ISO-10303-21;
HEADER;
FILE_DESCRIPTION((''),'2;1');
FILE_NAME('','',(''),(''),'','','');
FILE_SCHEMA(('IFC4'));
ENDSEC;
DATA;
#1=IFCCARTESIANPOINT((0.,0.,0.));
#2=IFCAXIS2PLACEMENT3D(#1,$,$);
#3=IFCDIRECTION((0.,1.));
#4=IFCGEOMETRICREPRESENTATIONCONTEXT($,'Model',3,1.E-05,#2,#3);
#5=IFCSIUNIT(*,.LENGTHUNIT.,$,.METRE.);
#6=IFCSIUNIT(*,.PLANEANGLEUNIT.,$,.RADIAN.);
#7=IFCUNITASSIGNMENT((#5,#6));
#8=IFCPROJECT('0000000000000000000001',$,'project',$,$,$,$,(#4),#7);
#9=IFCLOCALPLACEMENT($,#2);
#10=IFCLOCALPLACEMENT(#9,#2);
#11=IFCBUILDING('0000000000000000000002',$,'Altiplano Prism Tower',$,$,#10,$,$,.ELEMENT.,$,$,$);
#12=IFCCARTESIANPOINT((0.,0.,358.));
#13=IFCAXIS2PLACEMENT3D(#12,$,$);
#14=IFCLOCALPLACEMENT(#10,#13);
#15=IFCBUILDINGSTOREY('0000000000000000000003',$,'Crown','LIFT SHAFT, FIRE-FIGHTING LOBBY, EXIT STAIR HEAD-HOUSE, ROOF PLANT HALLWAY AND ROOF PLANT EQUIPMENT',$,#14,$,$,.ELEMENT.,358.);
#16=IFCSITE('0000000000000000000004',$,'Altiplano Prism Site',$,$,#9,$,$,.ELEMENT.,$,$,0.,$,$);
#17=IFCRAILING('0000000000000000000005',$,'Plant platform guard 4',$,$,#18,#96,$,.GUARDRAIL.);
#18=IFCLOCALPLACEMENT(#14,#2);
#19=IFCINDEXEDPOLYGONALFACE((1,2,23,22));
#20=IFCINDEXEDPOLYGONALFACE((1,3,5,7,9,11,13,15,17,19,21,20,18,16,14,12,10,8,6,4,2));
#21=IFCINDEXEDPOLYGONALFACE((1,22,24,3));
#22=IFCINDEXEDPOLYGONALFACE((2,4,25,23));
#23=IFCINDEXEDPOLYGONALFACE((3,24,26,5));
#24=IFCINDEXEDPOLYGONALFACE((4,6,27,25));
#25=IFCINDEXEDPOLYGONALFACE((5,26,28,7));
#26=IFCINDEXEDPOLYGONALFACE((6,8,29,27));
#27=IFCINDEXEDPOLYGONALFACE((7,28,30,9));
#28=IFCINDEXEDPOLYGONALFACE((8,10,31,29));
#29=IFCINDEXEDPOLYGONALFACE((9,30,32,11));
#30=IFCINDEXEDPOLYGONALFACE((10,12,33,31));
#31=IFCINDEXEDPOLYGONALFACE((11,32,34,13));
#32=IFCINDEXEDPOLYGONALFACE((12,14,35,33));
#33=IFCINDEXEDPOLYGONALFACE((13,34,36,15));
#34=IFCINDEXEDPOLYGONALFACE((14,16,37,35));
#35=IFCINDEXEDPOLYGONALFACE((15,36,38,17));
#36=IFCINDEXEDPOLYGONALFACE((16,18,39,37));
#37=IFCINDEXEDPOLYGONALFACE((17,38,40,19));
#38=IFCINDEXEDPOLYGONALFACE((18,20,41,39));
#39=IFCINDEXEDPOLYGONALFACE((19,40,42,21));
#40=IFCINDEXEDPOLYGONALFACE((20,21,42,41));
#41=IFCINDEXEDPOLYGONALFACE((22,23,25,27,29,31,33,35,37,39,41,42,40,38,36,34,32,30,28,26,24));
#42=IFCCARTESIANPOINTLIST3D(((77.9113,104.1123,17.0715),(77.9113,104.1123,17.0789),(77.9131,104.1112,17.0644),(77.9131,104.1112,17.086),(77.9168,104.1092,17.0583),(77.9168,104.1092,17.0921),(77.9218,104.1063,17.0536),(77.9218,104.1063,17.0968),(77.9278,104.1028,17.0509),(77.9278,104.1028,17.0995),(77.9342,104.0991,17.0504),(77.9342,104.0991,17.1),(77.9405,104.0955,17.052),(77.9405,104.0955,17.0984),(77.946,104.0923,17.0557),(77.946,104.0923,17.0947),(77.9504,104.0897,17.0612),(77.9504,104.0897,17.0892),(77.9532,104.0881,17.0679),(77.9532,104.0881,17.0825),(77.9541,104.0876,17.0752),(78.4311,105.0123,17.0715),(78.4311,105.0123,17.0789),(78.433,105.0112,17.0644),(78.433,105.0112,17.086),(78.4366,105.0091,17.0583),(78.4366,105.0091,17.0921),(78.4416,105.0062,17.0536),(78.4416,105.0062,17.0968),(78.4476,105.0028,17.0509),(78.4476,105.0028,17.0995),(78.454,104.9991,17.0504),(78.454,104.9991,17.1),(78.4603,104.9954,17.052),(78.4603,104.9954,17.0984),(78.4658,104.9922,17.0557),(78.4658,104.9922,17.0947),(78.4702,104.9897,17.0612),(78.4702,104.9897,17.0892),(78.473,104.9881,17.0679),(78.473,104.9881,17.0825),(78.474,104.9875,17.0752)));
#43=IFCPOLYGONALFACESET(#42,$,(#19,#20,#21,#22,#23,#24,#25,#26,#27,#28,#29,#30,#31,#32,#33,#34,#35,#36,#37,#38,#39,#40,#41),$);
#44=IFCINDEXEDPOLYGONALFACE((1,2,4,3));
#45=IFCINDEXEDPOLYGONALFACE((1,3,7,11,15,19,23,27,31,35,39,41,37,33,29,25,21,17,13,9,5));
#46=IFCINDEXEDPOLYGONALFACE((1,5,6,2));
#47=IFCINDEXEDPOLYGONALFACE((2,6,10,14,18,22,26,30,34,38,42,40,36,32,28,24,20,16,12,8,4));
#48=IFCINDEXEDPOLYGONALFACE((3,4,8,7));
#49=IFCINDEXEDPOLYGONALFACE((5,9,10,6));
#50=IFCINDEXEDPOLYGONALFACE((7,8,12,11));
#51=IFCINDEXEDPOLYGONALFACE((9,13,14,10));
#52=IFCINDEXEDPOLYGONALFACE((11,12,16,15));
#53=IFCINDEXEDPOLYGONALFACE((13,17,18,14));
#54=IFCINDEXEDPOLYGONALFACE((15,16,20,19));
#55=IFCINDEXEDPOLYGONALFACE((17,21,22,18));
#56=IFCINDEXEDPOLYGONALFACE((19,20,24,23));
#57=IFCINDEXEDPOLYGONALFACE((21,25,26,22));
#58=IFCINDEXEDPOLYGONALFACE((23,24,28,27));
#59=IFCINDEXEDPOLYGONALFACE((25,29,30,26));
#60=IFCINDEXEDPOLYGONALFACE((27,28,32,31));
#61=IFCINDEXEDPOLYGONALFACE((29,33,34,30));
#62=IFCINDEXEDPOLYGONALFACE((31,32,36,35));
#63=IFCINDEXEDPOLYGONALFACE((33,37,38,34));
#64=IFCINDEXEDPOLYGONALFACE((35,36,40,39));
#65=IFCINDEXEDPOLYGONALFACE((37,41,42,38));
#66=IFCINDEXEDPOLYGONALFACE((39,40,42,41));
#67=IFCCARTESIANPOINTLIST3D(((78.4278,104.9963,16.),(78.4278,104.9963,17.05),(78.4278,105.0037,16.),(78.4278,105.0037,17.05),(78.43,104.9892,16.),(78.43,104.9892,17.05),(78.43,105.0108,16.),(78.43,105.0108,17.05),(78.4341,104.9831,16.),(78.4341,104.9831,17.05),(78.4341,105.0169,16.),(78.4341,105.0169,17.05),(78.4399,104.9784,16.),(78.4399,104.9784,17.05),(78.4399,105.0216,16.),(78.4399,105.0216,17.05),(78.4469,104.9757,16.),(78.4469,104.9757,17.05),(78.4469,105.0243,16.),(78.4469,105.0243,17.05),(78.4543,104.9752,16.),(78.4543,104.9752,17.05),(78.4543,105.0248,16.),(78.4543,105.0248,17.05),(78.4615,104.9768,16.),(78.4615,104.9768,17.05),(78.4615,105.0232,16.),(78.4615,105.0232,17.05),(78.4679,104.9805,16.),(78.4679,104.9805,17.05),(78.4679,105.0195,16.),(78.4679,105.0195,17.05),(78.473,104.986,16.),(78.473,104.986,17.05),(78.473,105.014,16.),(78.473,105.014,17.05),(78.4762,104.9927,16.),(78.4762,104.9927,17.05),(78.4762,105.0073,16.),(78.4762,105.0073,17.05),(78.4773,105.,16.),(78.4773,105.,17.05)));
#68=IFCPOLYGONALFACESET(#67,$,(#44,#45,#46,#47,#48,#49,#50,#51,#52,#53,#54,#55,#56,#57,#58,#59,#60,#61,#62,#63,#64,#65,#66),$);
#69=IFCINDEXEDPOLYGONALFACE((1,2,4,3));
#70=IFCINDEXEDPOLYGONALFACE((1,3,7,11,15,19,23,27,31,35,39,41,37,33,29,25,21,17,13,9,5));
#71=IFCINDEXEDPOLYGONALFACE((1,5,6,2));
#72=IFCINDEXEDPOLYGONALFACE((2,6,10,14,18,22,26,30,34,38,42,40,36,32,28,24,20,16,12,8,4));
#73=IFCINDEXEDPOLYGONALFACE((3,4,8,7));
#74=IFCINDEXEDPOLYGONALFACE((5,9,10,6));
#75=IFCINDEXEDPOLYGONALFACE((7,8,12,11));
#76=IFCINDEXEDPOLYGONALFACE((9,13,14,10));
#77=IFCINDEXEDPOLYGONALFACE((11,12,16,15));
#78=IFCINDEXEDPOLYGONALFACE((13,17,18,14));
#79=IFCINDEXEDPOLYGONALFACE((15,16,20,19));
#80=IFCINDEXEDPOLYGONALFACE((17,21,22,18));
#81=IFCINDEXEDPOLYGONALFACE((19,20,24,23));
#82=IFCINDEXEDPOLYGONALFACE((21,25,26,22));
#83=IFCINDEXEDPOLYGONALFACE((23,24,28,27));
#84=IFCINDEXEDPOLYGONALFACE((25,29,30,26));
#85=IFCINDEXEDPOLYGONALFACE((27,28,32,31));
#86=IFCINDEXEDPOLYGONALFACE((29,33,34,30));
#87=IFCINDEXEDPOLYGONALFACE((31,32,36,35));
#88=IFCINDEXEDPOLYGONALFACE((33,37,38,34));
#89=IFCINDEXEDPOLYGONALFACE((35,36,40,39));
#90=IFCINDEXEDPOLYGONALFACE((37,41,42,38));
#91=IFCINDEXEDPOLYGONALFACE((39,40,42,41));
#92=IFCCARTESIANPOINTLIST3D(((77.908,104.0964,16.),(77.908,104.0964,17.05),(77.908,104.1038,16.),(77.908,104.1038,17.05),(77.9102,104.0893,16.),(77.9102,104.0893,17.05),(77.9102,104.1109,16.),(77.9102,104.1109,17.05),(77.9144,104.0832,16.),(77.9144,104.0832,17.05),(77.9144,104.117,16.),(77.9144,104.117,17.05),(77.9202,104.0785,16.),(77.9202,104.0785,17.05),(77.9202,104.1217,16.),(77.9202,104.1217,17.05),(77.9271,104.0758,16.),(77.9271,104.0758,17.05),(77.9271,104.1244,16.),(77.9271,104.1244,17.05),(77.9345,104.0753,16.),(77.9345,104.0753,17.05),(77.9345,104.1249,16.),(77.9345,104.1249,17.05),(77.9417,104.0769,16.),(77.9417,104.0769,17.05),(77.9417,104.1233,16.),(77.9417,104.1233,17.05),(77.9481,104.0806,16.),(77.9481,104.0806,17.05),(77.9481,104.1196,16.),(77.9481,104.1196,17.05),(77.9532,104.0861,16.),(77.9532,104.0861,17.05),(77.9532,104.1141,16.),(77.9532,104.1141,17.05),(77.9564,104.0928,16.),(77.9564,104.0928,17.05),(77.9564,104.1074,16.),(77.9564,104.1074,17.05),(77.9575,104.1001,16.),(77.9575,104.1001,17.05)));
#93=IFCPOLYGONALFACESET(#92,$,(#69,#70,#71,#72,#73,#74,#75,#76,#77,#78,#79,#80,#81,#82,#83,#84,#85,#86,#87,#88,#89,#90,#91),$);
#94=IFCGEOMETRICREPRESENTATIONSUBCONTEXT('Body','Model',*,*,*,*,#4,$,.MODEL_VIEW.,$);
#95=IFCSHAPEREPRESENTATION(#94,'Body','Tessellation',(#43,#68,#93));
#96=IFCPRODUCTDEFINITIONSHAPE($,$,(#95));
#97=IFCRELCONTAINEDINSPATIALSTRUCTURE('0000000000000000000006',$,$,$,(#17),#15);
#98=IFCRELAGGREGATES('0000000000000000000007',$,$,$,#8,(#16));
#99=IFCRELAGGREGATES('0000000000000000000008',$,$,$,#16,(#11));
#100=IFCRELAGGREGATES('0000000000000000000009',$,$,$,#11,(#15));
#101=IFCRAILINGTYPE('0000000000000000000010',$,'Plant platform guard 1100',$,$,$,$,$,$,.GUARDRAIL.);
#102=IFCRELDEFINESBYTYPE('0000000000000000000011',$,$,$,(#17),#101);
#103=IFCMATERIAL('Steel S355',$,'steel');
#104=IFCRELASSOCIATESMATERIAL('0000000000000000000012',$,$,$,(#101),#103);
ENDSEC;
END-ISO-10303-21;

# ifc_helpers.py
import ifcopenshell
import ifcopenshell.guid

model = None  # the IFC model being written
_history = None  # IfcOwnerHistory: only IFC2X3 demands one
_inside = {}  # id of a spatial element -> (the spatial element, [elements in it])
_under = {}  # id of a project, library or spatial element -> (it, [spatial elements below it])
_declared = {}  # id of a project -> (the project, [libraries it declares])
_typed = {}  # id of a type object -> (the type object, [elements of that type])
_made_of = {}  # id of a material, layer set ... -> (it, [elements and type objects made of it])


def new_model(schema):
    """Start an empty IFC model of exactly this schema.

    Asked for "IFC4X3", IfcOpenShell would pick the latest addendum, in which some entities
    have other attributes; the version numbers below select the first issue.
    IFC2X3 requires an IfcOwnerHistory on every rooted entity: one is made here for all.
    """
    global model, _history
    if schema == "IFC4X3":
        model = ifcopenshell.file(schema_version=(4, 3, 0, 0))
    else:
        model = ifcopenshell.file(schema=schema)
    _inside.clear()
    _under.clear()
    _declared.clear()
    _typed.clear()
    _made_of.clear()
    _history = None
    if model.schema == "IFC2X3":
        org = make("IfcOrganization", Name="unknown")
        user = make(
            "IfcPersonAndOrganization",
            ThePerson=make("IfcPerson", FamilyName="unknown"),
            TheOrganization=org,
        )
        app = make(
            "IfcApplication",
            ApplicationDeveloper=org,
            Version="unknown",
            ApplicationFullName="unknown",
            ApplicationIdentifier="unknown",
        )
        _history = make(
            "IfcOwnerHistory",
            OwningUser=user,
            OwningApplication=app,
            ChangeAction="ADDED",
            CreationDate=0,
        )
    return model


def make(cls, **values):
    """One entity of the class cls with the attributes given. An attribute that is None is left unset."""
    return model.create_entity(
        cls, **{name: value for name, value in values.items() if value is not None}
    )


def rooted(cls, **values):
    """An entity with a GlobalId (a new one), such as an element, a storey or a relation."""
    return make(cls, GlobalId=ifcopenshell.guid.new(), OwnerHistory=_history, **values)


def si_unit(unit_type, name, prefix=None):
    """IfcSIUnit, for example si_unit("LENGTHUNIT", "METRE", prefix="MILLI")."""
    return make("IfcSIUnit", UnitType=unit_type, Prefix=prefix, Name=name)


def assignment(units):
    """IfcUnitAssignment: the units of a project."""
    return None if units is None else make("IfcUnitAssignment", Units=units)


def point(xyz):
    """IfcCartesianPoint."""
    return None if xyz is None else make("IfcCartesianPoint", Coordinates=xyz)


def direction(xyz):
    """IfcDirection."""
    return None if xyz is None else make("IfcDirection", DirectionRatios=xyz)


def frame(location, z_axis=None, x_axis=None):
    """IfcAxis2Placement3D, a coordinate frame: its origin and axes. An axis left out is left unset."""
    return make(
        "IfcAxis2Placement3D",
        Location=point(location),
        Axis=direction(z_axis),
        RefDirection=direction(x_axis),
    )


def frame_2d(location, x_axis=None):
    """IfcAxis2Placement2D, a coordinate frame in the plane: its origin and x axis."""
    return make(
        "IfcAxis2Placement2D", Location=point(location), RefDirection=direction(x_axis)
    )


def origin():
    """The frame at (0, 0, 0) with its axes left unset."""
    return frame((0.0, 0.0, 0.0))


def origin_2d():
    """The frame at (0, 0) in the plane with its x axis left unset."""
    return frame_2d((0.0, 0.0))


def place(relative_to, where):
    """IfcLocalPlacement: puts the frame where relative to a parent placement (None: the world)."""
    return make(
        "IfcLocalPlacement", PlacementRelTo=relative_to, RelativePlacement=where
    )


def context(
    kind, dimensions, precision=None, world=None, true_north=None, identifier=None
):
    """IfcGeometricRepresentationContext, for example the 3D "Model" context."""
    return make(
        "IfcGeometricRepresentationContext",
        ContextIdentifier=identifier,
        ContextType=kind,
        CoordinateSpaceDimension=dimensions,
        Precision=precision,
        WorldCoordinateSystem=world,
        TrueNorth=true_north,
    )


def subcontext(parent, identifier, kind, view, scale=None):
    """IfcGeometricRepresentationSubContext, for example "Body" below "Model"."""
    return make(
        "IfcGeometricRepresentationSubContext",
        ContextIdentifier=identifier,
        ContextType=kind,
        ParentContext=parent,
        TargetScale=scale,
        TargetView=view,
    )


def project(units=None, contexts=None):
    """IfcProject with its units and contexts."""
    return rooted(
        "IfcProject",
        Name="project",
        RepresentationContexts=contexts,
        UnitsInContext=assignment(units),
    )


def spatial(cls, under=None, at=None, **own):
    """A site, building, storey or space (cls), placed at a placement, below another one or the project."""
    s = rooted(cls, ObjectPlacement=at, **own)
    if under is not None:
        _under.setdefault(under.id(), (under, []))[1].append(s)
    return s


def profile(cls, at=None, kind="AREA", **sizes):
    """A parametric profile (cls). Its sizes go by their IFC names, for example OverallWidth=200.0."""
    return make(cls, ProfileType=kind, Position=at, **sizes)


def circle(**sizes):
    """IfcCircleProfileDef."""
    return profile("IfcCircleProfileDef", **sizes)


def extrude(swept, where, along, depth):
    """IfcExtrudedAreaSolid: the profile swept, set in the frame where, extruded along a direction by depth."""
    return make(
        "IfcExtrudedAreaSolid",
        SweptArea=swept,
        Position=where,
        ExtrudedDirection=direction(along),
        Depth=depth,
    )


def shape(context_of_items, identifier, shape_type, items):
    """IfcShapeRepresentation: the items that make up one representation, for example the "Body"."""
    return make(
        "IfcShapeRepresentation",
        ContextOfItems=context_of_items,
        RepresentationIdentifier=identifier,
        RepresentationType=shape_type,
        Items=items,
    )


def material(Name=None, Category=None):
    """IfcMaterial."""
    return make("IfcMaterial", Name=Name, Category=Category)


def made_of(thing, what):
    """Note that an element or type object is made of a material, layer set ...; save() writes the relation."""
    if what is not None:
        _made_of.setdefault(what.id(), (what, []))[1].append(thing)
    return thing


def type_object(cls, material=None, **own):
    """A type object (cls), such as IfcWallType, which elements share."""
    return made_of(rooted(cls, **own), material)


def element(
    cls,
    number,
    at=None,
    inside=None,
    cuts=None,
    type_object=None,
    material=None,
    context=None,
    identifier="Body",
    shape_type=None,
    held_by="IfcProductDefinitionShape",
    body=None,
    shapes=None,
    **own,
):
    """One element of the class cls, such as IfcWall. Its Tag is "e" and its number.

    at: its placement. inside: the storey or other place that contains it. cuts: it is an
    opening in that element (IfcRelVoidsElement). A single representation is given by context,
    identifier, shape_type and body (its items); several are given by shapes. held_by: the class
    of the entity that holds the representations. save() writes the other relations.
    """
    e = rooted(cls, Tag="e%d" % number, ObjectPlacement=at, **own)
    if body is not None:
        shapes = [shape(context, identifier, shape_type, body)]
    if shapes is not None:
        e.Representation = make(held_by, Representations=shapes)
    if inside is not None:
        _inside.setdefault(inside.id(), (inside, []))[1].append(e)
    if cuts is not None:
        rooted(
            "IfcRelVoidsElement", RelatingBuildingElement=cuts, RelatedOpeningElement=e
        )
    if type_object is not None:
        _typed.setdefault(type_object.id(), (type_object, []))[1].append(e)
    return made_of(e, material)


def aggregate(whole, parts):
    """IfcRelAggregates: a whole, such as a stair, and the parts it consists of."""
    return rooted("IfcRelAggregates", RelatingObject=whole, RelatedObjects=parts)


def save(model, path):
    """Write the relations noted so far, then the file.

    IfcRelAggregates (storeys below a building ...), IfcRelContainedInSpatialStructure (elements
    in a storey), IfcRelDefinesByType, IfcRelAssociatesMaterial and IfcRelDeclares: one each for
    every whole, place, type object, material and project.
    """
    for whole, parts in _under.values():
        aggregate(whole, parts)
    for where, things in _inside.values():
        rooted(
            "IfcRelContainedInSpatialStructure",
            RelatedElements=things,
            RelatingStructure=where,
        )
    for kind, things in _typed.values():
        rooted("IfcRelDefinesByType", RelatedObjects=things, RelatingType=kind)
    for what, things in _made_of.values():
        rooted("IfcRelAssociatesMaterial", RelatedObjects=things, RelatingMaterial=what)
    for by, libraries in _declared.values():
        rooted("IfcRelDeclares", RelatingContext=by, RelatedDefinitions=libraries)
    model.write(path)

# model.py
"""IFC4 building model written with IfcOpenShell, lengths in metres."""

from ifc_helpers import new_model, si_unit, direction, frame, origin, origin_2d, place, context, subcontext, project, spatial, circle, extrude, material, type_object, element, save


model = new_model("IFC4")

# Units and contexts
model_context = context("Model", 3, precision=1e-05, world=origin(), true_north=direction((0.0, 1.0)))
body_context = subcontext(model_context, "Body", "Model", "MODEL_VIEW")
ifc_project = project(units=[si_unit("LENGTHUNIT", "METRE"), si_unit("PLANEANGLEUNIT", "RADIAN")], contexts=[model_context])

# Site, building, storey
site_placement = place(None, origin())
site = spatial("IfcSite", under=ifc_project, at=site_placement, Name="Altiplano Prism Site", CompositionType="ELEMENT", RefElevation=0.0)
building_placement = place(site_placement, origin())
building = spatial("IfcBuilding", under=site, at=building_placement, Name="Altiplano Prism Tower", CompositionType="ELEMENT")
storey_placement = place(building_placement, frame((0.0, 0.0, 358.0)))
storey = spatial("IfcBuildingStorey", under=building, at=storey_placement, Name="Crown", Description="LIFT SHAFT, FIRE-FIGHTING LOBBY, EXIT STAIR HEAD-HOUSE, ROOF PLANT HALLWAY AND ROOF PLANT EQUIPMENT", CompositionType="ELEMENT", Elevation=358.0)

# Shared definitions
ifc_material_1 = material(Name="Steel S355", Category="steel")

# Railing
railing_type = type_object("IfcRailingType", Name="Plant platform guard 1100", PredefinedType="GUARDRAIL", material=ifc_material_1)
railing_1_placement = place(storey_placement, frame((78.4524, 105.0, 16.0)))
element("IfcRailing", 1, at=railing_1_placement, inside=storey, type_object=railing_type, Name="Plant platform guard 4", PredefinedType="GUARDRAIL", context=body_context, shape_type="SweptSolid", body=[
    extrude(circle(Radius=0.0249, at=origin_2d()), frame((0.0, 0.0, 1.0752), z_axis=(-0.500156, -0.865935, 0.0), x_axis=(0.865935, -0.500156, 0.0)), (0.0, 0.0, 1.0), 1.0393),
    extrude(circle(Radius=0.0249, at=origin_2d()), origin(), (0.0, 0.0, 1.0), 1.05),
    extrude(circle(Radius=0.0249, at=origin_2d()), frame((-0.5198, -0.8999, 0.0)), (0.0, 0.0, 1.0), 1.05),
])

save(model, "model.ifc")
